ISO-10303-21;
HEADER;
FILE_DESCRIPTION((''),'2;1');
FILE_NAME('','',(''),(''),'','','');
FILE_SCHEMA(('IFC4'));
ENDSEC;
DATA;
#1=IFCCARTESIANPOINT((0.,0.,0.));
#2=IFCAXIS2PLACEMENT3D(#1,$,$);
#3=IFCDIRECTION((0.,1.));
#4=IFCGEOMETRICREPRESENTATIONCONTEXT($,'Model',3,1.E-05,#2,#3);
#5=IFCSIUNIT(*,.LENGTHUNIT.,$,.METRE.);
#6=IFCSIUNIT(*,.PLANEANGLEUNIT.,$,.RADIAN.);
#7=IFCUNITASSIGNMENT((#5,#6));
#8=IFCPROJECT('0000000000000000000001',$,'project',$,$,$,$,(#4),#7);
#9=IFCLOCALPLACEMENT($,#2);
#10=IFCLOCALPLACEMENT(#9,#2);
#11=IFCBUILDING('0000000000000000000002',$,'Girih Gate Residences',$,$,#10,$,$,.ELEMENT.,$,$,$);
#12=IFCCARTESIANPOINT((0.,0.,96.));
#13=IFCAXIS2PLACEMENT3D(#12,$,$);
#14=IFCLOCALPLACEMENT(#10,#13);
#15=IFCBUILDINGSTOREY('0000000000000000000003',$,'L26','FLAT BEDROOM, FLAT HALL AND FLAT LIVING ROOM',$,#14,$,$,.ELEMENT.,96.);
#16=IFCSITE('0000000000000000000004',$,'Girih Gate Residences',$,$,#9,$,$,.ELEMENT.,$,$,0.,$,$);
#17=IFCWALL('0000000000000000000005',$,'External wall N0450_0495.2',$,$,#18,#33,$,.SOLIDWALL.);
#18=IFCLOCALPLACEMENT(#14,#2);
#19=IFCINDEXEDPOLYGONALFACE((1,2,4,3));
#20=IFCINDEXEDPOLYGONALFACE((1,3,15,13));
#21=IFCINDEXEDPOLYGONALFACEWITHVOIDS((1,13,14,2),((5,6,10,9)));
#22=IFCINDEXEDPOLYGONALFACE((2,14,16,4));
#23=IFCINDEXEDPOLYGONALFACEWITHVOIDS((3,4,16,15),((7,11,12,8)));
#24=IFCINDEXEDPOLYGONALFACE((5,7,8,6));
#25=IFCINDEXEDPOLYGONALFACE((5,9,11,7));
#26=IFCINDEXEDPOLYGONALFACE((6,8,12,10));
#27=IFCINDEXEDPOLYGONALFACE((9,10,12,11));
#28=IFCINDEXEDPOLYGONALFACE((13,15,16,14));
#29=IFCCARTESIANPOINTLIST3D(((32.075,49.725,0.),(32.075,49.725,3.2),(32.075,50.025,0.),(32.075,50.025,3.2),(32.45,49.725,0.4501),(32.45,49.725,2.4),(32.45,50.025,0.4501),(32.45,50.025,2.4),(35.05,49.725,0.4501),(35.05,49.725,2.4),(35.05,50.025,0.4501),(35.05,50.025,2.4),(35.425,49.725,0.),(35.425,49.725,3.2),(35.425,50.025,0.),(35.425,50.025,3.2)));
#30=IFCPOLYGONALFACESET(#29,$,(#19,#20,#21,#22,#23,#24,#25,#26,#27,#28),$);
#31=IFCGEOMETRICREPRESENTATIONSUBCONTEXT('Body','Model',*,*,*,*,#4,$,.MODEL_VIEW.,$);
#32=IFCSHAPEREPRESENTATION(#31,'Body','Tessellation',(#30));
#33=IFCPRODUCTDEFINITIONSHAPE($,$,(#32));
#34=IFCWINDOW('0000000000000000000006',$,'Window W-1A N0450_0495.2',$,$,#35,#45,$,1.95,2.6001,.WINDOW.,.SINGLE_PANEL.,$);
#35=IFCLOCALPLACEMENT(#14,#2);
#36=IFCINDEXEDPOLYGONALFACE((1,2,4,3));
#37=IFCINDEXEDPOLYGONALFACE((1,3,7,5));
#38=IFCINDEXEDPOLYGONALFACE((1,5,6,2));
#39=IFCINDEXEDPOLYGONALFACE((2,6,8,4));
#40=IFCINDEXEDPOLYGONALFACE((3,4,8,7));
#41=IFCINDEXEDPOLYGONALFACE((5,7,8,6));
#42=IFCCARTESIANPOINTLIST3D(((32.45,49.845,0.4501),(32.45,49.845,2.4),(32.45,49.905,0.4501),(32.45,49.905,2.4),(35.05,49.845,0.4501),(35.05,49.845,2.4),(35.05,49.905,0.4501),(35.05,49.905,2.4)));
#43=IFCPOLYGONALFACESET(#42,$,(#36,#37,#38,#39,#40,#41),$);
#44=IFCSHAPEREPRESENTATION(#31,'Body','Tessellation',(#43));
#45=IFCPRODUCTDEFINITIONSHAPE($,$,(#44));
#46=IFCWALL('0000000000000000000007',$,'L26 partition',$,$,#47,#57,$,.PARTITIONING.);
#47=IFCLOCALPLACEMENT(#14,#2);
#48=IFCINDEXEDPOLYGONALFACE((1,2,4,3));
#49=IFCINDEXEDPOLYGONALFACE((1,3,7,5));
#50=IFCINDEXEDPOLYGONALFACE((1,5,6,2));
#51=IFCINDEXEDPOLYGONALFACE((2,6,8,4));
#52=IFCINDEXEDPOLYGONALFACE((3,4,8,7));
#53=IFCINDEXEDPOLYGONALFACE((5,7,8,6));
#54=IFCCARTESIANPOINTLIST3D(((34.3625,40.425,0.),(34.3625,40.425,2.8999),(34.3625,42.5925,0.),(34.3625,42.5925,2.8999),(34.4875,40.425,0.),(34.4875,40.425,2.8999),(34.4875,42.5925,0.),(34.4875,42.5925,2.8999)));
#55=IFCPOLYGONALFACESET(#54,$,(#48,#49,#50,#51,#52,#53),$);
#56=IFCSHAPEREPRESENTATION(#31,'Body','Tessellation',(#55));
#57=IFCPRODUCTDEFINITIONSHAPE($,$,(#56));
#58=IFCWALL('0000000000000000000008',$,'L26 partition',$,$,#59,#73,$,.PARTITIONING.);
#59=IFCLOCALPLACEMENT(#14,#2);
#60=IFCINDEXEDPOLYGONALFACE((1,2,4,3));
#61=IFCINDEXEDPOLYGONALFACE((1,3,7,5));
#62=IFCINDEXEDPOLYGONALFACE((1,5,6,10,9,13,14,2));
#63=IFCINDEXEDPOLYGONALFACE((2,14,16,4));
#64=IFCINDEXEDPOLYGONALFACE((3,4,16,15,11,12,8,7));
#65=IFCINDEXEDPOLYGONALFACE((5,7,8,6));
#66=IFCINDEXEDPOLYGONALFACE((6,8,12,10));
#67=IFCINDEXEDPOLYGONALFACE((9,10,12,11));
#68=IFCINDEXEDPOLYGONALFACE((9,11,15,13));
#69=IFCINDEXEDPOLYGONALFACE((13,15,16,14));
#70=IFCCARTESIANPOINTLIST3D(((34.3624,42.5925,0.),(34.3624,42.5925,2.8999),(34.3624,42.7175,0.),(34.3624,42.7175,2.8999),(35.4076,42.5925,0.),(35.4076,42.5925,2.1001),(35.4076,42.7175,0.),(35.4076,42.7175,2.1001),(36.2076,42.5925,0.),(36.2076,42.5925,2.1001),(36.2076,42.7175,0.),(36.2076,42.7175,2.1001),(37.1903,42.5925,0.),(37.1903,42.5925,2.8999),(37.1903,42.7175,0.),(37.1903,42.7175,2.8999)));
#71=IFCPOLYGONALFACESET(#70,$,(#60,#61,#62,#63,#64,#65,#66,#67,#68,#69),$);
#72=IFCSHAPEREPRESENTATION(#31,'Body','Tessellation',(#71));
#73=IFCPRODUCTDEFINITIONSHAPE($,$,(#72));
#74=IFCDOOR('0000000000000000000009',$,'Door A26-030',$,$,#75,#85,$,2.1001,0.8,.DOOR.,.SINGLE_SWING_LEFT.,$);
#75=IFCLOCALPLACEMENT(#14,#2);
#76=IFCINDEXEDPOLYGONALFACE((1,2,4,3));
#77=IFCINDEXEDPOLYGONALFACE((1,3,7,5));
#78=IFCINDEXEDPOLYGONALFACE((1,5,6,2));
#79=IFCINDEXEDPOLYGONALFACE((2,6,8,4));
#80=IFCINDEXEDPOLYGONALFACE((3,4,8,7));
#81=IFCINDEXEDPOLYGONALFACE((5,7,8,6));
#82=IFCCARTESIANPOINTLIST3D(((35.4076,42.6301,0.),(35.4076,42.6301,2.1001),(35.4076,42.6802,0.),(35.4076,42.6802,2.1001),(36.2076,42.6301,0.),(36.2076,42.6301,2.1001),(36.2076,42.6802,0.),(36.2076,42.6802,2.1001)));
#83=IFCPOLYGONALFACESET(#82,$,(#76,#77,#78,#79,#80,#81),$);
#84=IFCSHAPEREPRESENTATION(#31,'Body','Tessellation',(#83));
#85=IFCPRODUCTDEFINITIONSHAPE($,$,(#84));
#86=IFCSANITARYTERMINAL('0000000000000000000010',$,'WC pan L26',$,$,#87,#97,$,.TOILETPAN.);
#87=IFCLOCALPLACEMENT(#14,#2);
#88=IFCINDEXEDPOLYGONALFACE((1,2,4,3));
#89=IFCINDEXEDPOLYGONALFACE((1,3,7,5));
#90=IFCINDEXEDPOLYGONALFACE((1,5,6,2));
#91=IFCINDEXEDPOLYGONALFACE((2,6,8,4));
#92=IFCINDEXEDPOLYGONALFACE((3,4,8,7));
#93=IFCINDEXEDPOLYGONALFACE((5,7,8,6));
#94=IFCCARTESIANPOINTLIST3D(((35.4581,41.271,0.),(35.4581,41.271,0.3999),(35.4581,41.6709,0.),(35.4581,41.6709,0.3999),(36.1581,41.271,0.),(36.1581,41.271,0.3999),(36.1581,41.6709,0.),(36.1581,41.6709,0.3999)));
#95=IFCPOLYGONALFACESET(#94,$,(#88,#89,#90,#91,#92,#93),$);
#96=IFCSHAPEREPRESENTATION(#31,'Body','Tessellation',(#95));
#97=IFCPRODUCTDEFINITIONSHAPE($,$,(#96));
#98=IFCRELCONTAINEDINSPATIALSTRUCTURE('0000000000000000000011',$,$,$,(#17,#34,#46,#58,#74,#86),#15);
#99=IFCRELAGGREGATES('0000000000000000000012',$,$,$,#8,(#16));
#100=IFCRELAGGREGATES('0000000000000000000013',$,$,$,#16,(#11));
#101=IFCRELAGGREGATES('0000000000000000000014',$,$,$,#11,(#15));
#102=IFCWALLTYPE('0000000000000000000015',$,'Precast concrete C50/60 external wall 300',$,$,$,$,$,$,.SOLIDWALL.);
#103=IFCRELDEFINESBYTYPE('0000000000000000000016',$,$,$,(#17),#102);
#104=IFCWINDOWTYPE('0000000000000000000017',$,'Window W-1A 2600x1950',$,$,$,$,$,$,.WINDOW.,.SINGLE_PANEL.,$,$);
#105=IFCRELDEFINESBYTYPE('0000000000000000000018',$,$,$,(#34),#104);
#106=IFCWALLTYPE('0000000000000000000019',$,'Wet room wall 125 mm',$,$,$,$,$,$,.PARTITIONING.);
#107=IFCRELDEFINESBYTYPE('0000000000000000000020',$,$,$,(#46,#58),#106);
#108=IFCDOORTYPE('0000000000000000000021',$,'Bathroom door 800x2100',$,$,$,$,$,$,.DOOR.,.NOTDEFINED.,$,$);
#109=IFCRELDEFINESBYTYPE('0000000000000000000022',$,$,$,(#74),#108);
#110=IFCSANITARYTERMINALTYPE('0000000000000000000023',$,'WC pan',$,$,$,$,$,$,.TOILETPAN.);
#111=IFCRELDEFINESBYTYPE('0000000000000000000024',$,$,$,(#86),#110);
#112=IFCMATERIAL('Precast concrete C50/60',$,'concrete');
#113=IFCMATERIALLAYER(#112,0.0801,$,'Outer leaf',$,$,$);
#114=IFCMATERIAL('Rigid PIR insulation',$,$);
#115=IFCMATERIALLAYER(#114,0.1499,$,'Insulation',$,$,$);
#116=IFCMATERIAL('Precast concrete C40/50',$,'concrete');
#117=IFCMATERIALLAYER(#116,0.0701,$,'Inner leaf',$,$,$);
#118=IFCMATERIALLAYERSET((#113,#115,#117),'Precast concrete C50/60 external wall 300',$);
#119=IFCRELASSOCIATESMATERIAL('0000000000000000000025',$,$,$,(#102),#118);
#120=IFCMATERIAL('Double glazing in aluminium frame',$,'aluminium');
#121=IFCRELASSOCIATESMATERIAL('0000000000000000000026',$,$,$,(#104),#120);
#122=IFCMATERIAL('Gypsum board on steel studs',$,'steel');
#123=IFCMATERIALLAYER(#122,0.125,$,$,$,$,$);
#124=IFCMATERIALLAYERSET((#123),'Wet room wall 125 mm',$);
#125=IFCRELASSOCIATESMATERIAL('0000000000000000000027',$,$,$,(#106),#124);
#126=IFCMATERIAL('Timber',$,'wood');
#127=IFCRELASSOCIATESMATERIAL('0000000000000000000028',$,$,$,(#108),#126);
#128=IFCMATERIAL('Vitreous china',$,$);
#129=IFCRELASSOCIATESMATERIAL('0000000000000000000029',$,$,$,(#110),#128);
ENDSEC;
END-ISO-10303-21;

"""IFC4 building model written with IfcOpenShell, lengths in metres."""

from ifc_helpers import new_model, si_unit, direction, frame, frame_2d, origin, origin_2d, place, context, subcontext, project, spatial, rectangle, extrude, material, layer, layer_set, type_object, element, fill, save


model = new_model("IFC4")

# Units and contexts
model_context = context("Model", 3, precision=1e-05, world=origin(), true_north=direction((0.0, 1.0)))
body_context = subcontext(model_context, "Body", "Model", "MODEL_VIEW")
ifc_project = project(units=[si_unit("LENGTHUNIT", "METRE"), si_unit("PLANEANGLEUNIT", "RADIAN")], contexts=[model_context])

# Site, building, storey
site_placement = place(None, origin())
site = spatial("IfcSite", under=ifc_project, at=site_placement, Name="Girih Gate Residences", CompositionType="ELEMENT", RefElevation=0.0)
building_placement = place(site_placement, origin())
building = spatial("IfcBuilding", under=site, at=building_placement, Name="Girih Gate Residences", CompositionType="ELEMENT")
storey_placement = place(building_placement, frame((0.0, 0.0, 96.0)))
storey = spatial("IfcBuildingStorey", under=building, at=storey_placement, Name="L26", Description="FLAT BEDROOM, FLAT HALL AND FLAT LIVING ROOM", CompositionType="ELEMENT", Elevation=96.0)

# Shared definitions
ifc_material_1 = material(Name="Gypsum board on steel studs", Category="steel")
ifc_material_2 = material(Name="Timber", Category="wood")

# Wall, opening, window
ifc_material_3 = material(Name="Precast concrete C50/60", Category="concrete")
ifc_layer_1 = layer(ifc_material_3, 0.0801, Name="Outer leaf")
ifc_material_4 = material(Name="Rigid PIR insulation")
ifc_layer_2 = layer(ifc_material_4, 0.1499, Name="Insulation")
ifc_material_5 = material(Name="Precast concrete C40/50", Category="concrete")
ifc_layer_3 = layer(ifc_material_5, 0.0701, Name="Inner leaf")
ifc_layer_set_1 = layer_set([ifc_layer_1, ifc_layer_2, ifc_layer_3], Name="Precast concrete C50/60 external wall 300")
wall_type_1 = type_object("IfcWallType", Name="Precast concrete C50/60 external wall 300", PredefinedType="SOLIDWALL", material=ifc_layer_set_1)
ifc_material_6 = material(Name="Double glazing in aluminium frame", Category="aluminium")
window_type = type_object("IfcWindowType", Name="Window W-1A 2600x1950", PartitioningType="SINGLE_PANEL", PredefinedType="WINDOW", material=ifc_material_6)
wall_1_placement = place(storey_placement, frame((32.075, 49.875, 0.0), z_axis=(0.0, 0.0, 1.0), x_axis=(1.0, 0.0, 0.0)))
wall_1 = element("IfcWall", 1, at=wall_1_placement, inside=storey, type_object=wall_type_1, Name="External wall N0450_0495.2", PredefinedType="SOLIDWALL", context=body_context, shape_type="SweptSolid", body=[
    extrude(rectangle(XDim=3.3501, YDim=0.3, at=frame_2d((1.675, 0.0))), origin(), (0.0, 0.0, 1.0), 3.2),
])
opening_1_placement = place(wall_1_placement, frame((0.375, 0.0, 0.45)))
opening_1 = element("IfcOpeningElement", 2, at=opening_1_placement, cuts=wall_1, PredefinedType="OPENING", context=body_context, shape_type="SweptSolid", body=[
    extrude(rectangle(XDim=2.6001, YDim=1.95, at=frame_2d((1.3, 0.9751))), frame((0.0, 0.1599, 0.0), z_axis=(0.0, -1.0, 0.0), x_axis=(1.0, 0.0, 0.0)), (0.0, 0.0, 1.0), 0.3201),
])
window_1_placement = place(opening_1_placement, origin())
window_1 = element("IfcWindow", 3, at=window_1_placement, inside=storey, type_object=window_type, Name="Window W-1A N0450_0495.2", OverallHeight=1.95, OverallWidth=2.6001, PartitioningType="SINGLE_PANEL", PredefinedType="WINDOW", context=body_context, shape_type="SweptSolid", body=[
    extrude(rectangle(XDim=2.6001, YDim=1.95, at=frame_2d((1.3, 0.9751))), frame((0.0, 0.03, 0.0), z_axis=(0.0, -1.0, 0.0), x_axis=(1.0, 0.0, 0.0)), (0.0, 0.0, 1.0), 0.0601),
])
fill(opening_1, window_1)

# Wall
ifc_layer_4 = layer(ifc_material_1, 0.125)
ifc_layer_set_2 = layer_set([ifc_layer_4], Name="Wet room wall 125 mm")
wall_type_2 = type_object("IfcWallType", Name="Wet room wall 125 mm", PredefinedType="PARTITIONING", material=ifc_layer_set_2)
wall_2_placement = place(storey_placement, frame((34.425, 40.425, 0.0), z_axis=(0.0, 0.0, 1.0), x_axis=(0.0, 1.0, 0.0)))
element("IfcWall", 4, at=wall_2_placement, inside=storey, type_object=wall_type_2, Name="L26 partition", PredefinedType="PARTITIONING", context=body_context, shape_type="SweptSolid", body=[
    extrude(rectangle(XDim=2.1675, YDim=0.125, at=frame_2d((1.0837, 0.0))), origin(), (0.0, 0.0, 1.0), 2.8999),
])

# Wall, opening, door
wall_3_placement = place(storey_placement, frame((37.1904, 42.655, 0.0), z_axis=(0.0, 0.0, 1.0), x_axis=(-1.0, 0.0, 0.0)))
wall_3 = element("IfcWall", 5, at=wall_3_placement, inside=storey, type_object=wall_type_2, Name="L26 partition", PredefinedType="PARTITIONING", context=body_context, shape_type="SweptSolid", body=[
    extrude(rectangle(XDim=2.8279, YDim=0.125, at=frame_2d((1.4141, 0.0))), origin(), (0.0, 0.0, 1.0), 2.8999),
])
opening_2_placement = place(wall_3_placement, frame((0.9829, 0.0, 0.0)))
opening_2 = element("IfcOpeningElement", 6, at=opening_2_placement, cuts=wall_3, PredefinedType="OPENING", context=body_context, shape_type="SweptSolid", body=[
    extrude(rectangle(XDim=0.8, YDim=2.1001, at=frame_2d((0.3999, 1.05))), frame((0.0, 0.0725, 0.0), z_axis=(0.0, -1.0, 0.0), x_axis=(1.0, 0.0, 0.0)), (0.0, 0.0, 1.0), 0.145),
])
door_type_1 = type_object("IfcDoorType", Name="Bathroom door 800x2100", OperationType="NOTDEFINED", PredefinedType="DOOR", material=ifc_material_2)
door_1_placement = place(opening_2_placement, origin())
door_1 = element("IfcDoor", 7, at=door_1_placement, inside=storey, type_object=door_type_1, Name="Door A26-030", OperationType="SINGLE_SWING_LEFT", OverallHeight=2.1001, OverallWidth=0.8, PredefinedType="DOOR", context=body_context, shape_type="SweptSolid", body=[
    extrude(rectangle(XDim=0.8, YDim=2.1001, at=frame_2d((0.3999, 1.05))), frame((0.0, 0.0249, 0.0), z_axis=(0.0, -1.0, 0.0), x_axis=(1.0, 0.0, 0.0)), (0.0, 0.0, 1.0), 0.05),
])
fill(opening_2, door_1)

# Sanitary terminal
ifc_material_7 = material(Name="Vitreous china")
sanitary_terminal_type = type_object("IfcSanitaryTerminalType", Name="WC pan", PredefinedType="TOILETPAN", material=ifc_material_7)
sanitary_terminal_placement = place(storey_placement, frame((35.8081, 41.4709, 0.0), z_axis=(0.0, 0.0, 1.0), x_axis=(1.0, 0.0, 0.0)))
element("IfcSanitaryTerminal", 8, at=sanitary_terminal_placement, inside=storey, type_object=sanitary_terminal_type, Name="WC pan L26", PredefinedType="TOILETPAN", context=body_context, shape_type="SweptSolid", body=[
    extrude(rectangle(XDim=0.7, YDim=0.3999, at=origin_2d()), origin(), (0.0, 0.0, 1.0), 0.3999),
])

save(model, "model.ifc")
